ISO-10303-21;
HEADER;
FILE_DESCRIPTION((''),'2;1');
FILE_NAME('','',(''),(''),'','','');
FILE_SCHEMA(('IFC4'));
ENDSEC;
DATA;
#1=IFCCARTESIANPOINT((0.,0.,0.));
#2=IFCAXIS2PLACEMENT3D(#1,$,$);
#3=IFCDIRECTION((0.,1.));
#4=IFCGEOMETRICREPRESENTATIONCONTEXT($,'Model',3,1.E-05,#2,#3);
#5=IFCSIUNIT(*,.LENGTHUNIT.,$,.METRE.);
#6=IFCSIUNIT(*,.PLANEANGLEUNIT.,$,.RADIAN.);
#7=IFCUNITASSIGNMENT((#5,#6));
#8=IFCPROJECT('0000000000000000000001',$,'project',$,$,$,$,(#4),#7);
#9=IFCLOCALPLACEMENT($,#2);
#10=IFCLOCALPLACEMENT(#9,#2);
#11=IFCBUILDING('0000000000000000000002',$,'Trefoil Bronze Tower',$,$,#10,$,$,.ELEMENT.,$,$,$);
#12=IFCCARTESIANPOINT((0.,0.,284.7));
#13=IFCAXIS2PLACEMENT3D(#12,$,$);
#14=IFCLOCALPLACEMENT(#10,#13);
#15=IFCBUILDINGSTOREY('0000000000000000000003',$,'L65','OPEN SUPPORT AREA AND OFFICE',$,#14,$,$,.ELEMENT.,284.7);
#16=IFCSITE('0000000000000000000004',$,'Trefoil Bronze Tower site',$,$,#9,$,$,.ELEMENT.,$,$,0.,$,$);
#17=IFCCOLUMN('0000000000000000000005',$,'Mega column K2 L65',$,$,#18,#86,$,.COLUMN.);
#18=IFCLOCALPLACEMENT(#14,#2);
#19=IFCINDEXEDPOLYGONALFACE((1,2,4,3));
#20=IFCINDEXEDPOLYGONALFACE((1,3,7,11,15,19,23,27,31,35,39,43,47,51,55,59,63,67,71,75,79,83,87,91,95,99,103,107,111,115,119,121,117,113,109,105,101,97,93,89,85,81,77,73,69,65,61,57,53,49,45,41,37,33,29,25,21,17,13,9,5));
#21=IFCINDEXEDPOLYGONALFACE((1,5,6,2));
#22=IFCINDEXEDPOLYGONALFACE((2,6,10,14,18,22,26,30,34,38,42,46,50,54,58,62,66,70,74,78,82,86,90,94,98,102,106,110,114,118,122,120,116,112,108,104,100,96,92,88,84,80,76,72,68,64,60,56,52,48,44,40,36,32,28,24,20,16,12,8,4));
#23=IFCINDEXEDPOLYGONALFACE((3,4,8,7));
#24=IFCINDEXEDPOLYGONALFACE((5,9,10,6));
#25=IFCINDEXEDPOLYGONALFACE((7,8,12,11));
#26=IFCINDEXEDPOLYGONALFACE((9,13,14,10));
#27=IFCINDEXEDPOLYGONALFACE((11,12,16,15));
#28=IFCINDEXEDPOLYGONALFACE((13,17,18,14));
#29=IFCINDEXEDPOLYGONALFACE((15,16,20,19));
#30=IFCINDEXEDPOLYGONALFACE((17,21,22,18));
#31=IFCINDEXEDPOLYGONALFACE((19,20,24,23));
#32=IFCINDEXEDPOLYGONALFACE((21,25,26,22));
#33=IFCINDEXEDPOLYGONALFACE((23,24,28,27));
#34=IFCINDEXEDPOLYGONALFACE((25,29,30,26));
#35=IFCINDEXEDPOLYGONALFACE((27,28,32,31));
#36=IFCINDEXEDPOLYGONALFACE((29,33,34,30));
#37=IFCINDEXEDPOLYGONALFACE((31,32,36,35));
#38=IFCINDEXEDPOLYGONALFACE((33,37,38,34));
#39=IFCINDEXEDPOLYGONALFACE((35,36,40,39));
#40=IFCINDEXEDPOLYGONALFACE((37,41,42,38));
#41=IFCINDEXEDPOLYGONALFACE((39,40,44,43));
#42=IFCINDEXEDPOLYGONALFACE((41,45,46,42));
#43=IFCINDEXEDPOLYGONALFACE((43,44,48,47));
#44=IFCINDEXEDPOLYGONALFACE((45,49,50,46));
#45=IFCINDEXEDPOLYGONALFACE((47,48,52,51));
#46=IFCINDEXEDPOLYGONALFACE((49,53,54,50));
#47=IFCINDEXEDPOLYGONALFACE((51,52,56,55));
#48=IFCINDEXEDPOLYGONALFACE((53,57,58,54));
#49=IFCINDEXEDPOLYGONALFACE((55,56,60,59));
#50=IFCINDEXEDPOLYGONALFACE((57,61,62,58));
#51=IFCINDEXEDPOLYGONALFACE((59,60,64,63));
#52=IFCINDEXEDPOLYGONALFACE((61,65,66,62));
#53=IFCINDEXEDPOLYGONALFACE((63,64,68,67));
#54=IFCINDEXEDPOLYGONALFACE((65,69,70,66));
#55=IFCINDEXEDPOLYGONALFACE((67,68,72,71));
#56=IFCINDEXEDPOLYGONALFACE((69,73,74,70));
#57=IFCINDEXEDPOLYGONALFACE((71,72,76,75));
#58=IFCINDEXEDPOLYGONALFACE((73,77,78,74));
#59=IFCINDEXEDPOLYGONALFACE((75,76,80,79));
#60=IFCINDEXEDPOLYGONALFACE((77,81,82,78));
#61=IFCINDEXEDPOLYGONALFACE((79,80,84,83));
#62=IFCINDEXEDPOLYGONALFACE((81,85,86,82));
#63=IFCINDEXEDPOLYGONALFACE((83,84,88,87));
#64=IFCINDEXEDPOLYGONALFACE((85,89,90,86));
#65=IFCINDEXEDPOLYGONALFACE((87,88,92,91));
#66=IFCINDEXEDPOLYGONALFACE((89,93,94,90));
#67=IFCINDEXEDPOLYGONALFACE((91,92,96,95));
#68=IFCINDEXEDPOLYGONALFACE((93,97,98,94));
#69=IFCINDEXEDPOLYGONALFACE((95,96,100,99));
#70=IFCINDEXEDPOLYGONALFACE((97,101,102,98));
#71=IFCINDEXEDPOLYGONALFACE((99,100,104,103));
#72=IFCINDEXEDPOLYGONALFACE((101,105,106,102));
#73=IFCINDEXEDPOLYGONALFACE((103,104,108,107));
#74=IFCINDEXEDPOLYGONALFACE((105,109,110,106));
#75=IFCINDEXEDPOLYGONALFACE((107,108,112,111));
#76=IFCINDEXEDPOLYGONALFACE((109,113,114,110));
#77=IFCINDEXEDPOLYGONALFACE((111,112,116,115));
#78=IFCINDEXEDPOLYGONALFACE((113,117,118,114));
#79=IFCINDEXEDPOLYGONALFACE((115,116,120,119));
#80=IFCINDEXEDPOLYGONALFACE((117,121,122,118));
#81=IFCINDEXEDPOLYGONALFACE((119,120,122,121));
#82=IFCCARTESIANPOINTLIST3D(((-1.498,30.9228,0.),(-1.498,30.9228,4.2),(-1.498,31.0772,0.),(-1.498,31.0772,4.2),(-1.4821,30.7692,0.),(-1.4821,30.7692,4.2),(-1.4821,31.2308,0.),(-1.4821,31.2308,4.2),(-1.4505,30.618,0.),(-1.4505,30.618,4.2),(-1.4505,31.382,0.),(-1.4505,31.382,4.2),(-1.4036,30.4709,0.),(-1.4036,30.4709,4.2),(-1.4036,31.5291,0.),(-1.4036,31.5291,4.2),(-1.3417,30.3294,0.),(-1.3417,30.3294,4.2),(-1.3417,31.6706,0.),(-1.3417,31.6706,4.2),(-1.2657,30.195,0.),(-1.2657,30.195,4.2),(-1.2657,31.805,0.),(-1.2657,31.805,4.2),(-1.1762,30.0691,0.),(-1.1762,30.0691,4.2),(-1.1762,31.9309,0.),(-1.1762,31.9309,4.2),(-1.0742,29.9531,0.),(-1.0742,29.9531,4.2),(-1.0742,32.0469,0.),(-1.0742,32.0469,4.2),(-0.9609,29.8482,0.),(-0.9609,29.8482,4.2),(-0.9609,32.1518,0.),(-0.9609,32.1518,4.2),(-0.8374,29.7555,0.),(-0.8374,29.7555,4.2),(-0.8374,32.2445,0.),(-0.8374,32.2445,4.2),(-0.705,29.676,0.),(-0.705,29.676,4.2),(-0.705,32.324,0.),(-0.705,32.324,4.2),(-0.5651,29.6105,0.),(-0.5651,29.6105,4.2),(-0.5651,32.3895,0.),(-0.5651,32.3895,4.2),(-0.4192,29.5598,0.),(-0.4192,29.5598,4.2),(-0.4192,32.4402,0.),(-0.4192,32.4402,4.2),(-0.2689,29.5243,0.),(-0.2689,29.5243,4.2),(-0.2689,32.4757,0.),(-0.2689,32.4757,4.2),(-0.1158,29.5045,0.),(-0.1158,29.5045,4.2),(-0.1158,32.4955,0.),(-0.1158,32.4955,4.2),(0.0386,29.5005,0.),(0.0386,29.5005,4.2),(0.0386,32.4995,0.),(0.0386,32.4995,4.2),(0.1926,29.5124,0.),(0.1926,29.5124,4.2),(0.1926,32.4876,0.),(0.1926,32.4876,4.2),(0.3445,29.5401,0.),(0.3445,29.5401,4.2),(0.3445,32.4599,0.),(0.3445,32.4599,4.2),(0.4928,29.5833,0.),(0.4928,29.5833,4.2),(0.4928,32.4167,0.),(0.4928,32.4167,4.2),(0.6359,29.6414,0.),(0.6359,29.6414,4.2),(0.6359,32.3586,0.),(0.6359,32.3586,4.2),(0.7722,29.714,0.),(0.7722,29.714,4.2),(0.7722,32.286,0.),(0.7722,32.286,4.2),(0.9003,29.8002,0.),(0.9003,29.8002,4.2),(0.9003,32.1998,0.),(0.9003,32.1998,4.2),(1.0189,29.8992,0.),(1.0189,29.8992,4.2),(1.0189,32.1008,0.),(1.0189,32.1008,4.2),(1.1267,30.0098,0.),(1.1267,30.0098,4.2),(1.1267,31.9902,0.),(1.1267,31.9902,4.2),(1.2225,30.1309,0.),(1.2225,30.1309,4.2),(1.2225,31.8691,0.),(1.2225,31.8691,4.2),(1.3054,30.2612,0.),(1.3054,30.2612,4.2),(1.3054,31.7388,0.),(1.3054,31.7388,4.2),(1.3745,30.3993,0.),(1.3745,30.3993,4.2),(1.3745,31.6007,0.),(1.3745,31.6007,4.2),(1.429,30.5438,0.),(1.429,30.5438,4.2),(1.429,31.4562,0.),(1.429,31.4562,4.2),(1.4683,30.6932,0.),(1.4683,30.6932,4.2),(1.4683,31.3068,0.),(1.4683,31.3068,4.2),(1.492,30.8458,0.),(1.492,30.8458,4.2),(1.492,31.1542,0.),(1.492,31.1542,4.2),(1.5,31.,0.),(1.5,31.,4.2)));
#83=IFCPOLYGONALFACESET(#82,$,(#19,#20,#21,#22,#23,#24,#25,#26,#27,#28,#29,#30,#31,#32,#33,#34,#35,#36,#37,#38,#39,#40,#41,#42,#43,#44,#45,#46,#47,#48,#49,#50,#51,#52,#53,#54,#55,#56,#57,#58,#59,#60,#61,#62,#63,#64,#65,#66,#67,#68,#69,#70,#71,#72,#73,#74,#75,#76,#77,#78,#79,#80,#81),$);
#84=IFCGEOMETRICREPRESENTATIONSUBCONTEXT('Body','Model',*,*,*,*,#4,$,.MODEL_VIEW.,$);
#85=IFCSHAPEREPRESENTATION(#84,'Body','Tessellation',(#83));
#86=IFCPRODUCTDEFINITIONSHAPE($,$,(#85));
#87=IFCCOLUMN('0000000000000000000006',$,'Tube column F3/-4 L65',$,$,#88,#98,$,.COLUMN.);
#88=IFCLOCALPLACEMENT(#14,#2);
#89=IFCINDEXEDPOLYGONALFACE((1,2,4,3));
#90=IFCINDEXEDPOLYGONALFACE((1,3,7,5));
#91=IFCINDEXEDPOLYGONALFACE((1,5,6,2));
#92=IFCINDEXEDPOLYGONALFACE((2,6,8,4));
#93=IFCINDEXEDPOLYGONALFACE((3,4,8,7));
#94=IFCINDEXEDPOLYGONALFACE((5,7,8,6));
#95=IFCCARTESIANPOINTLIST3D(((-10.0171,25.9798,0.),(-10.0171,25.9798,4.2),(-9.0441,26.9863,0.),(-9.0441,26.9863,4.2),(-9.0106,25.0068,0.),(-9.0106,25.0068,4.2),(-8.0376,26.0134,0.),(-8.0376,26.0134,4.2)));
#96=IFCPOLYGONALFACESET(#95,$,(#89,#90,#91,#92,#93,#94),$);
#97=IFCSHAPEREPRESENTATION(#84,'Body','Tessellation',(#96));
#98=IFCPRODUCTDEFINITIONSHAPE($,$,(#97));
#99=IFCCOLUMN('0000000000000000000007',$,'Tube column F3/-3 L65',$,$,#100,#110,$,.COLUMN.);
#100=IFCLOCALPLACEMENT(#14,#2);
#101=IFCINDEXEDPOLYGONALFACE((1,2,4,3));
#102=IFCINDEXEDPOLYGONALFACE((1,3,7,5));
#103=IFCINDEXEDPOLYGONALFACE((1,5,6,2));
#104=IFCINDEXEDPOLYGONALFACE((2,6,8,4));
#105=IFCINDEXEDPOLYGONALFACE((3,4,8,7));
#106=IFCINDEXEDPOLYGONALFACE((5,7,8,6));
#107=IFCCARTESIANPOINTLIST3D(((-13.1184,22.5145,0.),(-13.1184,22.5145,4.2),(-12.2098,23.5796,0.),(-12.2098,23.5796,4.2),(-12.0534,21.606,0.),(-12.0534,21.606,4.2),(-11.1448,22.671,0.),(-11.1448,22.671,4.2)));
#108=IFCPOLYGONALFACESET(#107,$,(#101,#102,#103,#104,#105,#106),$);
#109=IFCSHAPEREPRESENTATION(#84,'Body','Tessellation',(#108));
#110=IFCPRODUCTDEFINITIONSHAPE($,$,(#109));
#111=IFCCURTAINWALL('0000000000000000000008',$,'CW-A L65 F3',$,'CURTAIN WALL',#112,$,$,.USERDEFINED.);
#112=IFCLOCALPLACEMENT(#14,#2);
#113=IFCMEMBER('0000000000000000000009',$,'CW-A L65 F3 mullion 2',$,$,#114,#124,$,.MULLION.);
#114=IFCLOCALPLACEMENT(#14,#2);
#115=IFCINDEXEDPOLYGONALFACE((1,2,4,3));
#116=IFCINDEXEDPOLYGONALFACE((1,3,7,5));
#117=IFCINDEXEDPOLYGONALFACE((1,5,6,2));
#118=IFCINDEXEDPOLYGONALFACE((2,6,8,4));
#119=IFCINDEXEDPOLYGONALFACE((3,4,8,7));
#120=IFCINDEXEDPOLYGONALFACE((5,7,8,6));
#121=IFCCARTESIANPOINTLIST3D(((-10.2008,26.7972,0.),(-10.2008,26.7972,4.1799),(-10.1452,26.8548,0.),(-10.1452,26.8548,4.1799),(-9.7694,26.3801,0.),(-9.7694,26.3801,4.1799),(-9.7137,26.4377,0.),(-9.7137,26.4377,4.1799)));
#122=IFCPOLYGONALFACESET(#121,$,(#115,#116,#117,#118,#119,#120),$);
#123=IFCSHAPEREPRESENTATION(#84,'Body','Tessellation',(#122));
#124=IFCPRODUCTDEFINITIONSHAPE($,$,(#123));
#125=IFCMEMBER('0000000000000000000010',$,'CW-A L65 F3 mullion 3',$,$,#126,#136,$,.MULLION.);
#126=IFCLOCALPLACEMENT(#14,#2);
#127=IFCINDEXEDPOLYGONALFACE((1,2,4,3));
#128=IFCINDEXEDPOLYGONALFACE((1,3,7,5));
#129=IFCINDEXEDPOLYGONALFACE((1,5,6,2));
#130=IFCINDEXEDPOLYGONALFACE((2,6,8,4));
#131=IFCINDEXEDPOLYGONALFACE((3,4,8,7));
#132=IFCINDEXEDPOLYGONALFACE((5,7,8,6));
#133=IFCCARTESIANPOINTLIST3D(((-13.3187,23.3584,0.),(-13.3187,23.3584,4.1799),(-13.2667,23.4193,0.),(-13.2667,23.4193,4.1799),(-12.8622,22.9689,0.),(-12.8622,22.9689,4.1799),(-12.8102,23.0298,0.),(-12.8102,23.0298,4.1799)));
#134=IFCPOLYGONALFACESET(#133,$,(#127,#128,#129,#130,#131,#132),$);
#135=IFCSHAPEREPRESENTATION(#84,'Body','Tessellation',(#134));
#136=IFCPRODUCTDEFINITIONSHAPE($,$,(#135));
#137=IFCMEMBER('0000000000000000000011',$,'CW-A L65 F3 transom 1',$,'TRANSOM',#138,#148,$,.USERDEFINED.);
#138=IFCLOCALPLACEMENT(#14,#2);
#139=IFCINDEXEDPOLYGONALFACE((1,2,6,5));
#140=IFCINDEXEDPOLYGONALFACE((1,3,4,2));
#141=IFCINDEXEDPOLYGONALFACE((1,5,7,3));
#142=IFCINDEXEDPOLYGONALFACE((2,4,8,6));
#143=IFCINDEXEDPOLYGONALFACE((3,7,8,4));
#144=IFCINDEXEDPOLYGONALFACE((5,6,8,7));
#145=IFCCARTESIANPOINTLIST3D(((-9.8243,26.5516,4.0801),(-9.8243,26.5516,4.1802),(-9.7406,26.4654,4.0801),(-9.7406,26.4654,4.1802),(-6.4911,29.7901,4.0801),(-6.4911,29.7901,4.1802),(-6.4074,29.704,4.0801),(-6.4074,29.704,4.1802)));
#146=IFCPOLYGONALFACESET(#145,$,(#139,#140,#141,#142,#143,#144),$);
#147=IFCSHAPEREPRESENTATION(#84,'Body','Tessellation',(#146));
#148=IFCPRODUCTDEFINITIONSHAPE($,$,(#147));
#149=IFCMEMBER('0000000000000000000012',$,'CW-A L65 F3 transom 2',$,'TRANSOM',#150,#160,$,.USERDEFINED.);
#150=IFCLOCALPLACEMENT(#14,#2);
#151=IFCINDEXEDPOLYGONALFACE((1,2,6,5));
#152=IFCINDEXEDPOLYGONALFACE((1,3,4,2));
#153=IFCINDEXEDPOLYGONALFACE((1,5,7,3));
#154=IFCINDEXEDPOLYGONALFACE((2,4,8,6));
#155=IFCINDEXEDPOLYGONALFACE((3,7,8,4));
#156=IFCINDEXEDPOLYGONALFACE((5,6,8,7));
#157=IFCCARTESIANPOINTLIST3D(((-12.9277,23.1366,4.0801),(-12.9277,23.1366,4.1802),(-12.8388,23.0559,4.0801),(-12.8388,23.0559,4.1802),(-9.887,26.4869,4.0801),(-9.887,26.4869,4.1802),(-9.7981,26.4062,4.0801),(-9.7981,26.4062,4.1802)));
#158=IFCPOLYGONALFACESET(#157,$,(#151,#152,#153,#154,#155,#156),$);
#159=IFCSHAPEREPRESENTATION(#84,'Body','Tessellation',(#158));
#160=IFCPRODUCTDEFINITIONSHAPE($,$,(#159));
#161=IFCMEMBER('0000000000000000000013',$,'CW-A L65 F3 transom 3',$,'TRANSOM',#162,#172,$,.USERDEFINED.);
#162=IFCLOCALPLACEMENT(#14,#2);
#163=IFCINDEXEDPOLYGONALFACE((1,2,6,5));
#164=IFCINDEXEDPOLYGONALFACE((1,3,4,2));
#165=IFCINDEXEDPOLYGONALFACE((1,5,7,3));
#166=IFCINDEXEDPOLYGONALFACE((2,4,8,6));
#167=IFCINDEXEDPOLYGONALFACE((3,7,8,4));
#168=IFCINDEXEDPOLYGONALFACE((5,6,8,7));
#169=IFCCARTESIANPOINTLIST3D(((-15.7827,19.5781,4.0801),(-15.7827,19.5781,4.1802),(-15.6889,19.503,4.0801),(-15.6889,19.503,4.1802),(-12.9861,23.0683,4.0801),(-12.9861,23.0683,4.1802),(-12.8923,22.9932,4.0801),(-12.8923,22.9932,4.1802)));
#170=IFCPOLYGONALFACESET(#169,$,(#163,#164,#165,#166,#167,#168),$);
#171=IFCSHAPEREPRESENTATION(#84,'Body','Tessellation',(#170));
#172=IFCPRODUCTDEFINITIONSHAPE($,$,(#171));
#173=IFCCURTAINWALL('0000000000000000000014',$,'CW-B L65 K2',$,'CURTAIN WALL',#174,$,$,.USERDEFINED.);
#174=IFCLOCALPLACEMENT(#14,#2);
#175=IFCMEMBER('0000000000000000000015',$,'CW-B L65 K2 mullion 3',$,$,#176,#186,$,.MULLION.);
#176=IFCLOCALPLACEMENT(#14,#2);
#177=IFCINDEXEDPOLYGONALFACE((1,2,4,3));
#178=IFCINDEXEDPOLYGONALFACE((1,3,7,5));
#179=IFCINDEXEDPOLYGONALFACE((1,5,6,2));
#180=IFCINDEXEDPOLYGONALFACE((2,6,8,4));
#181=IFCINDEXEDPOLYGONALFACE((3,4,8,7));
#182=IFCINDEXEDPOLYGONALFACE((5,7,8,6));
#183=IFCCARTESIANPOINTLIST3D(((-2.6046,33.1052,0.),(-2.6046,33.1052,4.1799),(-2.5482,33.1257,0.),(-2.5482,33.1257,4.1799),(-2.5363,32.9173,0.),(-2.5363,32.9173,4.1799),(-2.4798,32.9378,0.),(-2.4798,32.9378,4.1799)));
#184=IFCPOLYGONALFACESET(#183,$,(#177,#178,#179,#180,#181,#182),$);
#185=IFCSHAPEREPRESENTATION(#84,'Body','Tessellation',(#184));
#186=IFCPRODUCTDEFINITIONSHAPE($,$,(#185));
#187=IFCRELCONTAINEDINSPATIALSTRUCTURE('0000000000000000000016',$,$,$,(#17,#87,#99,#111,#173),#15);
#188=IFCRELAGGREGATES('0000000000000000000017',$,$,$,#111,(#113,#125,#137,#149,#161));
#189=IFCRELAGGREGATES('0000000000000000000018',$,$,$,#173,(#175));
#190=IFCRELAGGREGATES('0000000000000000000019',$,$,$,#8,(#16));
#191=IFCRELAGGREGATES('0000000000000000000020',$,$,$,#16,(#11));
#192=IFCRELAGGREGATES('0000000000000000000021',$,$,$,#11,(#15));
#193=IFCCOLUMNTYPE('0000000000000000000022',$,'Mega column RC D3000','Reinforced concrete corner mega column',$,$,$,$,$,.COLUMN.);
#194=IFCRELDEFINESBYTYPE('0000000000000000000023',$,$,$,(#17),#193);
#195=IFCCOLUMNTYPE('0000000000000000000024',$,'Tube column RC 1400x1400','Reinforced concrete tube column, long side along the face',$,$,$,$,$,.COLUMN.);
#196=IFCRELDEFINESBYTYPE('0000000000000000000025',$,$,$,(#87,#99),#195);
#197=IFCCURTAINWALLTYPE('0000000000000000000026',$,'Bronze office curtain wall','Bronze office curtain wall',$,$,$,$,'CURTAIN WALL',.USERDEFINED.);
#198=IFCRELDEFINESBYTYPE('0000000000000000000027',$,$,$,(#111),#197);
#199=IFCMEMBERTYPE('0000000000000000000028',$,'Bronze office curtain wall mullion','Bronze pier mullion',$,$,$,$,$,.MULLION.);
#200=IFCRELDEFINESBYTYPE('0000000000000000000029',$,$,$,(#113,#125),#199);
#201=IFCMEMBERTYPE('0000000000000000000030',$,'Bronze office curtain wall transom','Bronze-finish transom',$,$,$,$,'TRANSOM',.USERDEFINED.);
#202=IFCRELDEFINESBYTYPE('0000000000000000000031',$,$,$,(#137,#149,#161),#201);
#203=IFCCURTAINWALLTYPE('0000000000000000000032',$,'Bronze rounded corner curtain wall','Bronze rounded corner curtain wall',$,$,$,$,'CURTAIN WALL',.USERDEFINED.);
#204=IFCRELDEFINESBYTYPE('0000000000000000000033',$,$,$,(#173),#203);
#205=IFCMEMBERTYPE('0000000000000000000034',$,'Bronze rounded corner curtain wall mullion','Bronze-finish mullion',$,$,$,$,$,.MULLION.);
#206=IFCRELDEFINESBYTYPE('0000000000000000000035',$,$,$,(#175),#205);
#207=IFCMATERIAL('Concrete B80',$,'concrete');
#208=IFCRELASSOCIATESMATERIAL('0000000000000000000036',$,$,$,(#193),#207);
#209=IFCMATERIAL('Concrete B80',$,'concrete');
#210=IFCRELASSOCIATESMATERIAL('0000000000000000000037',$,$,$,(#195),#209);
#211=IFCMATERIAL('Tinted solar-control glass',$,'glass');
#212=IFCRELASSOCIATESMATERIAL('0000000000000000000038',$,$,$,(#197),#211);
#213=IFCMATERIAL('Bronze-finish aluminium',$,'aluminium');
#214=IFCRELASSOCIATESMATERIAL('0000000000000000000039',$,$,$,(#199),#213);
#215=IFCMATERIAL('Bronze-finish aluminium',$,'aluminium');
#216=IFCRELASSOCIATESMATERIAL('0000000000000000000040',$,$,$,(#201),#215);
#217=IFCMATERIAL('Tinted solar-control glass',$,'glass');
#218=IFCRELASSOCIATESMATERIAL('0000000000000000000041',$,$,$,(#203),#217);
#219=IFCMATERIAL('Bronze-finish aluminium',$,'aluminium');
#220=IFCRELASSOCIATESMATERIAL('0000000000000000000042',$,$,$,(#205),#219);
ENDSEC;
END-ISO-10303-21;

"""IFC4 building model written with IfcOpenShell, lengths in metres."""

from ifc_helpers import new_model, si_unit, direction, frame, origin, origin_2d, place, context, subcontext, project, spatial, rectangle, circle, extrude, material, material_profile, profile_set, type_object, element, aggregate, save


model = new_model("IFC4")

# Units and contexts
model_context = context("Model", 3, precision=1e-05, world=origin(), true_north=direction((0.0, 1.0)))
body_context = subcontext(model_context, "Body", "Model", "MODEL_VIEW")
ifc_project = project(units=[si_unit("LENGTHUNIT", "METRE"), si_unit("PLANEANGLEUNIT", "RADIAN")], contexts=[model_context])

# Site, building, storey
site_placement = place(None, origin())
site = spatial("IfcSite", under=ifc_project, at=site_placement, Name="Trefoil Bronze Tower site", CompositionType="ELEMENT", RefElevation=0.0)
building_placement = place(site_placement, origin())
building = spatial("IfcBuilding", under=site, at=building_placement, Name="Trefoil Bronze Tower", CompositionType="ELEMENT")
storey_placement = place(building_placement, frame((0.0, 0.0, 284.7)))
storey = spatial("IfcBuildingStorey", under=building, at=storey_placement, Name="L65", Description="OPEN SUPPORT AREA AND OFFICE", CompositionType="ELEMENT", Elevation=284.7)

# Columns
ifc_material_1 = material(Name="Concrete B80", Category="concrete")
ifc_material_profile_1 = material_profile(ifc_material_1, circle(Radius=1.5, at=origin_2d()), Name="RC D3000")
ifc_profile_set_1 = profile_set([ifc_material_profile_1], Name="Concrete B80")
column_type_1 = type_object("IfcColumnType", Name="Mega column RC D3000", Description="Reinforced concrete corner mega column", PredefinedType="COLUMN", material=ifc_profile_set_1)
column_placement = place(storey_placement, frame((0.0, 31.0, 0.0), z_axis=(0.0, 0.0, 1.0), x_axis=(1.0, 0.0, 0.0)))
element("IfcColumn", 1, at=column_placement, inside=storey, type_object=column_type_1, Name="Mega column K2 L65", PredefinedType="COLUMN", context=body_context, shape_type="SweptSolid", body=[
    extrude(circle(Radius=1.5, at=origin_2d()), origin(), (0.0, 0.0, 1.0), 4.2),
])
ifc_material_2 = material(Name="Concrete B80", Category="concrete")
ifc_material_profile_2 = material_profile(ifc_material_2, rectangle(XDim=1.3999, YDim=1.3999, at=origin_2d()), Name="RC 1400x1400")
ifc_profile_set_2 = profile_set([ifc_material_profile_2], Name="Concrete B80")
column_type_2 = type_object("IfcColumnType", Name="Tube column RC 1400x1400", Description="Reinforced concrete tube column, long side along the face", PredefinedType="COLUMN", material=ifc_profile_set_2)
for number, where, z_axis, x_axis, name in (
    (2, (-9.0273, 25.9966, 0.0), (0.0, 0.0, 1.0), (-0.695009, -0.719001, 0.0), "Tube column F3/-4 L65"),
    (3, (-12.1316, 22.5928, 0.0), (0.0, 0.0, 1.0), (-0.649008, -0.760781, 0.0), "Tube column F3/-3 L65"),
):
    element("IfcColumn", number, at=place(storey_placement, frame(where, z_axis=z_axis, x_axis=x_axis)), inside=storey, type_object=column_type_2, Name=name, PredefinedType="COLUMN", context=body_context, shape_type="SweptSolid", body=[
        extrude(rectangle(XDim=1.3999, YDim=1.3999, at=origin_2d()), origin(), (0.0, 0.0, 1.0), 4.2),
    ])

# Curtain walls, members
ifc_material_3 = material(Name="Tinted solar-control glass", Category="glass")
curtain_wall_type_1 = type_object("IfcCurtainWallType", Name="Bronze office curtain wall", Description="Bronze office curtain wall", ElementType="CURTAIN WALL", PredefinedType="USERDEFINED", material=ifc_material_3)
curtain_wall_1_placement = place(storey_placement, origin())
curtain_wall_1 = element("IfcCurtainWall", 4, at=curtain_wall_1_placement, inside=storey, type_object=curtain_wall_type_1, Name="CW-A L65 F3", ObjectType="CURTAIN WALL", PredefinedType="USERDEFINED")
ifc_material_4 = material(Name="Bronze-finish aluminium", Category="aluminium")
ifc_material_profile_3 = material_profile(ifc_material_4, rectangle(XDim=0.6001, YDim=0.0801, at=origin_2d()), Name="CW-A mullion")
ifc_profile_set_3 = profile_set([ifc_material_profile_3], Name="Bronze-finish aluminium")
member_type_1 = type_object("IfcMemberType", Name="Bronze office curtain wall mullion", Description="Bronze pier mullion", PredefinedType="MULLION", material=ifc_profile_set_3)
member_1_placement = place(storey_placement, frame((-9.9573, 26.6174, 0.0), z_axis=(0.0, 0.0, 1.0), x_axis=(0.719001, -0.695009, 0.0)))
member_1 = element("IfcMember", 5, at=member_1_placement, type_object=member_type_1, Name="CW-A L65 F3 mullion 2", PredefinedType="MULLION", context=body_context, shape_type="SweptSolid", body=[
    extrude(rectangle(XDim=0.6001, YDim=0.0801, at=origin_2d()), origin(), (0.0, 0.0, 1.0), 4.1799),
])
member_2_placement = place(storey_placement, frame((-13.0645, 23.1941, 0.0), z_axis=(0.0, 0.0, 1.0), x_axis=(0.760781, -0.649008, 0.0)))
member_2 = element("IfcMember", 6, at=member_2_placement, type_object=member_type_1, Name="CW-A L65 F3 mullion 3", PredefinedType="MULLION", context=body_context, shape_type="SweptSolid", body=[
    extrude(rectangle(XDim=0.6001, YDim=0.0801, at=origin_2d()), origin(), (0.0, 0.0, 1.0), 4.1799),
])
ifc_material_5 = material(Name="Bronze-finish aluminium", Category="aluminium")
ifc_material_profile_4 = material_profile(ifc_material_5, rectangle(XDim=0.1201, YDim=0.1001, at=origin_2d()), Name="CW-A transom")
ifc_profile_set_4 = profile_set([ifc_material_profile_4], Name="Bronze-finish aluminium")
member_type_2 = type_object("IfcMemberType", Name="Bronze office curtain wall transom", Description="Bronze-finish transom", ElementType="TRANSOM", PredefinedType="USERDEFINED", material=ifc_profile_set_4)
member_3_placement = place(storey_placement, frame((-6.4492, 29.7471, 4.1301), z_axis=(-0.717225, -0.696842, 0.0), x_axis=(0.696842, -0.717225, 0.0)))
member_3 = element("IfcMember", 7, at=member_3_placement, type_object=member_type_2, Name="CW-A L65 F3 transom 1", ObjectType="TRANSOM", PredefinedType="USERDEFINED", context=body_context, shape_type="SweptSolid", body=[
    extrude(rectangle(XDim=0.1201, YDim=0.1001, at=origin_2d()), origin(), (0.0, 0.0, 1.0), 4.6475),
])
member_4_placement = place(storey_placement, frame((-9.8425, 26.4465, 4.1301), z_axis=(-0.672068, -0.740489, 0.0), x_axis=(0.740489, -0.672068, 0.0)))
member_4 = element("IfcMember", 8, at=member_4_placement, type_object=member_type_2, Name="CW-A L65 F3 transom 2", ObjectType="TRANSOM", PredefinedType="USERDEFINED", context=body_context, shape_type="SweptSolid", body=[
    extrude(rectangle(XDim=0.1201, YDim=0.1001, at=origin_2d()), origin(), (0.0, 0.0, 1.0), 4.5244),
])
member_5_placement = place(storey_placement, frame((-12.9392, 23.0308, 4.1301), z_axis=(-0.625301, -0.780384, 0.0), x_axis=(0.780384, -0.625301, 0.0)))
member_5 = element("IfcMember", 9, at=member_5_placement, type_object=member_type_2, Name="CW-A L65 F3 transom 3", ObjectType="TRANSOM", PredefinedType="USERDEFINED", context=body_context, shape_type="SweptSolid", body=[
    extrude(rectangle(XDim=0.1201, YDim=0.1001, at=origin_2d()), origin(), (0.0, 0.0, 1.0), 4.4724),
])
ifc_material_6 = material(Name="Tinted solar-control glass", Category="glass")
curtain_wall_type_2 = type_object("IfcCurtainWallType", Name="Bronze rounded corner curtain wall", Description="Bronze rounded corner curtain wall", ElementType="CURTAIN WALL", PredefinedType="USERDEFINED", material=ifc_material_6)
curtain_wall_2_placement = place(storey_placement, origin())
curtain_wall_2 = element("IfcCurtainWall", 10, at=curtain_wall_2_placement, inside=storey, type_object=curtain_wall_type_2, Name="CW-B L65 K2", ObjectType="CURTAIN WALL", PredefinedType="USERDEFINED")
ifc_material_7 = material(Name="Bronze-finish aluminium", Category="aluminium")
ifc_material_profile_5 = material_profile(ifc_material_7, rectangle(XDim=0.2, YDim=0.0601, at=origin_2d()), Name="CW-B mullion")
ifc_profile_set_5 = profile_set([ifc_material_profile_5], Name="Bronze-finish aluminium")
member_type_3 = type_object("IfcMemberType", Name="Bronze rounded corner curtain wall mullion", Description="Bronze-finish mullion", PredefinedType="MULLION", material=ifc_profile_set_5)
member_6_placement = place(storey_placement, frame((-2.5422, 33.0215, 0.0), z_axis=(0.0, 0.0, 1.0), x_axis=(0.34202, -0.939693, 0.0)))
member_6 = element("IfcMember", 11, at=member_6_placement, type_object=member_type_3, Name="CW-B L65 K2 mullion 3", PredefinedType="MULLION", context=body_context, shape_type="SweptSolid", body=[
    extrude(rectangle(XDim=0.2, YDim=0.0601, at=origin_2d()), origin(), (0.0, 0.0, 1.0), 4.1799),
])

aggregate(curtain_wall_1, [member_1, member_2, member_3, member_4, member_5])
aggregate(curtain_wall_2, [member_6])

save(model, "model.ifc")
